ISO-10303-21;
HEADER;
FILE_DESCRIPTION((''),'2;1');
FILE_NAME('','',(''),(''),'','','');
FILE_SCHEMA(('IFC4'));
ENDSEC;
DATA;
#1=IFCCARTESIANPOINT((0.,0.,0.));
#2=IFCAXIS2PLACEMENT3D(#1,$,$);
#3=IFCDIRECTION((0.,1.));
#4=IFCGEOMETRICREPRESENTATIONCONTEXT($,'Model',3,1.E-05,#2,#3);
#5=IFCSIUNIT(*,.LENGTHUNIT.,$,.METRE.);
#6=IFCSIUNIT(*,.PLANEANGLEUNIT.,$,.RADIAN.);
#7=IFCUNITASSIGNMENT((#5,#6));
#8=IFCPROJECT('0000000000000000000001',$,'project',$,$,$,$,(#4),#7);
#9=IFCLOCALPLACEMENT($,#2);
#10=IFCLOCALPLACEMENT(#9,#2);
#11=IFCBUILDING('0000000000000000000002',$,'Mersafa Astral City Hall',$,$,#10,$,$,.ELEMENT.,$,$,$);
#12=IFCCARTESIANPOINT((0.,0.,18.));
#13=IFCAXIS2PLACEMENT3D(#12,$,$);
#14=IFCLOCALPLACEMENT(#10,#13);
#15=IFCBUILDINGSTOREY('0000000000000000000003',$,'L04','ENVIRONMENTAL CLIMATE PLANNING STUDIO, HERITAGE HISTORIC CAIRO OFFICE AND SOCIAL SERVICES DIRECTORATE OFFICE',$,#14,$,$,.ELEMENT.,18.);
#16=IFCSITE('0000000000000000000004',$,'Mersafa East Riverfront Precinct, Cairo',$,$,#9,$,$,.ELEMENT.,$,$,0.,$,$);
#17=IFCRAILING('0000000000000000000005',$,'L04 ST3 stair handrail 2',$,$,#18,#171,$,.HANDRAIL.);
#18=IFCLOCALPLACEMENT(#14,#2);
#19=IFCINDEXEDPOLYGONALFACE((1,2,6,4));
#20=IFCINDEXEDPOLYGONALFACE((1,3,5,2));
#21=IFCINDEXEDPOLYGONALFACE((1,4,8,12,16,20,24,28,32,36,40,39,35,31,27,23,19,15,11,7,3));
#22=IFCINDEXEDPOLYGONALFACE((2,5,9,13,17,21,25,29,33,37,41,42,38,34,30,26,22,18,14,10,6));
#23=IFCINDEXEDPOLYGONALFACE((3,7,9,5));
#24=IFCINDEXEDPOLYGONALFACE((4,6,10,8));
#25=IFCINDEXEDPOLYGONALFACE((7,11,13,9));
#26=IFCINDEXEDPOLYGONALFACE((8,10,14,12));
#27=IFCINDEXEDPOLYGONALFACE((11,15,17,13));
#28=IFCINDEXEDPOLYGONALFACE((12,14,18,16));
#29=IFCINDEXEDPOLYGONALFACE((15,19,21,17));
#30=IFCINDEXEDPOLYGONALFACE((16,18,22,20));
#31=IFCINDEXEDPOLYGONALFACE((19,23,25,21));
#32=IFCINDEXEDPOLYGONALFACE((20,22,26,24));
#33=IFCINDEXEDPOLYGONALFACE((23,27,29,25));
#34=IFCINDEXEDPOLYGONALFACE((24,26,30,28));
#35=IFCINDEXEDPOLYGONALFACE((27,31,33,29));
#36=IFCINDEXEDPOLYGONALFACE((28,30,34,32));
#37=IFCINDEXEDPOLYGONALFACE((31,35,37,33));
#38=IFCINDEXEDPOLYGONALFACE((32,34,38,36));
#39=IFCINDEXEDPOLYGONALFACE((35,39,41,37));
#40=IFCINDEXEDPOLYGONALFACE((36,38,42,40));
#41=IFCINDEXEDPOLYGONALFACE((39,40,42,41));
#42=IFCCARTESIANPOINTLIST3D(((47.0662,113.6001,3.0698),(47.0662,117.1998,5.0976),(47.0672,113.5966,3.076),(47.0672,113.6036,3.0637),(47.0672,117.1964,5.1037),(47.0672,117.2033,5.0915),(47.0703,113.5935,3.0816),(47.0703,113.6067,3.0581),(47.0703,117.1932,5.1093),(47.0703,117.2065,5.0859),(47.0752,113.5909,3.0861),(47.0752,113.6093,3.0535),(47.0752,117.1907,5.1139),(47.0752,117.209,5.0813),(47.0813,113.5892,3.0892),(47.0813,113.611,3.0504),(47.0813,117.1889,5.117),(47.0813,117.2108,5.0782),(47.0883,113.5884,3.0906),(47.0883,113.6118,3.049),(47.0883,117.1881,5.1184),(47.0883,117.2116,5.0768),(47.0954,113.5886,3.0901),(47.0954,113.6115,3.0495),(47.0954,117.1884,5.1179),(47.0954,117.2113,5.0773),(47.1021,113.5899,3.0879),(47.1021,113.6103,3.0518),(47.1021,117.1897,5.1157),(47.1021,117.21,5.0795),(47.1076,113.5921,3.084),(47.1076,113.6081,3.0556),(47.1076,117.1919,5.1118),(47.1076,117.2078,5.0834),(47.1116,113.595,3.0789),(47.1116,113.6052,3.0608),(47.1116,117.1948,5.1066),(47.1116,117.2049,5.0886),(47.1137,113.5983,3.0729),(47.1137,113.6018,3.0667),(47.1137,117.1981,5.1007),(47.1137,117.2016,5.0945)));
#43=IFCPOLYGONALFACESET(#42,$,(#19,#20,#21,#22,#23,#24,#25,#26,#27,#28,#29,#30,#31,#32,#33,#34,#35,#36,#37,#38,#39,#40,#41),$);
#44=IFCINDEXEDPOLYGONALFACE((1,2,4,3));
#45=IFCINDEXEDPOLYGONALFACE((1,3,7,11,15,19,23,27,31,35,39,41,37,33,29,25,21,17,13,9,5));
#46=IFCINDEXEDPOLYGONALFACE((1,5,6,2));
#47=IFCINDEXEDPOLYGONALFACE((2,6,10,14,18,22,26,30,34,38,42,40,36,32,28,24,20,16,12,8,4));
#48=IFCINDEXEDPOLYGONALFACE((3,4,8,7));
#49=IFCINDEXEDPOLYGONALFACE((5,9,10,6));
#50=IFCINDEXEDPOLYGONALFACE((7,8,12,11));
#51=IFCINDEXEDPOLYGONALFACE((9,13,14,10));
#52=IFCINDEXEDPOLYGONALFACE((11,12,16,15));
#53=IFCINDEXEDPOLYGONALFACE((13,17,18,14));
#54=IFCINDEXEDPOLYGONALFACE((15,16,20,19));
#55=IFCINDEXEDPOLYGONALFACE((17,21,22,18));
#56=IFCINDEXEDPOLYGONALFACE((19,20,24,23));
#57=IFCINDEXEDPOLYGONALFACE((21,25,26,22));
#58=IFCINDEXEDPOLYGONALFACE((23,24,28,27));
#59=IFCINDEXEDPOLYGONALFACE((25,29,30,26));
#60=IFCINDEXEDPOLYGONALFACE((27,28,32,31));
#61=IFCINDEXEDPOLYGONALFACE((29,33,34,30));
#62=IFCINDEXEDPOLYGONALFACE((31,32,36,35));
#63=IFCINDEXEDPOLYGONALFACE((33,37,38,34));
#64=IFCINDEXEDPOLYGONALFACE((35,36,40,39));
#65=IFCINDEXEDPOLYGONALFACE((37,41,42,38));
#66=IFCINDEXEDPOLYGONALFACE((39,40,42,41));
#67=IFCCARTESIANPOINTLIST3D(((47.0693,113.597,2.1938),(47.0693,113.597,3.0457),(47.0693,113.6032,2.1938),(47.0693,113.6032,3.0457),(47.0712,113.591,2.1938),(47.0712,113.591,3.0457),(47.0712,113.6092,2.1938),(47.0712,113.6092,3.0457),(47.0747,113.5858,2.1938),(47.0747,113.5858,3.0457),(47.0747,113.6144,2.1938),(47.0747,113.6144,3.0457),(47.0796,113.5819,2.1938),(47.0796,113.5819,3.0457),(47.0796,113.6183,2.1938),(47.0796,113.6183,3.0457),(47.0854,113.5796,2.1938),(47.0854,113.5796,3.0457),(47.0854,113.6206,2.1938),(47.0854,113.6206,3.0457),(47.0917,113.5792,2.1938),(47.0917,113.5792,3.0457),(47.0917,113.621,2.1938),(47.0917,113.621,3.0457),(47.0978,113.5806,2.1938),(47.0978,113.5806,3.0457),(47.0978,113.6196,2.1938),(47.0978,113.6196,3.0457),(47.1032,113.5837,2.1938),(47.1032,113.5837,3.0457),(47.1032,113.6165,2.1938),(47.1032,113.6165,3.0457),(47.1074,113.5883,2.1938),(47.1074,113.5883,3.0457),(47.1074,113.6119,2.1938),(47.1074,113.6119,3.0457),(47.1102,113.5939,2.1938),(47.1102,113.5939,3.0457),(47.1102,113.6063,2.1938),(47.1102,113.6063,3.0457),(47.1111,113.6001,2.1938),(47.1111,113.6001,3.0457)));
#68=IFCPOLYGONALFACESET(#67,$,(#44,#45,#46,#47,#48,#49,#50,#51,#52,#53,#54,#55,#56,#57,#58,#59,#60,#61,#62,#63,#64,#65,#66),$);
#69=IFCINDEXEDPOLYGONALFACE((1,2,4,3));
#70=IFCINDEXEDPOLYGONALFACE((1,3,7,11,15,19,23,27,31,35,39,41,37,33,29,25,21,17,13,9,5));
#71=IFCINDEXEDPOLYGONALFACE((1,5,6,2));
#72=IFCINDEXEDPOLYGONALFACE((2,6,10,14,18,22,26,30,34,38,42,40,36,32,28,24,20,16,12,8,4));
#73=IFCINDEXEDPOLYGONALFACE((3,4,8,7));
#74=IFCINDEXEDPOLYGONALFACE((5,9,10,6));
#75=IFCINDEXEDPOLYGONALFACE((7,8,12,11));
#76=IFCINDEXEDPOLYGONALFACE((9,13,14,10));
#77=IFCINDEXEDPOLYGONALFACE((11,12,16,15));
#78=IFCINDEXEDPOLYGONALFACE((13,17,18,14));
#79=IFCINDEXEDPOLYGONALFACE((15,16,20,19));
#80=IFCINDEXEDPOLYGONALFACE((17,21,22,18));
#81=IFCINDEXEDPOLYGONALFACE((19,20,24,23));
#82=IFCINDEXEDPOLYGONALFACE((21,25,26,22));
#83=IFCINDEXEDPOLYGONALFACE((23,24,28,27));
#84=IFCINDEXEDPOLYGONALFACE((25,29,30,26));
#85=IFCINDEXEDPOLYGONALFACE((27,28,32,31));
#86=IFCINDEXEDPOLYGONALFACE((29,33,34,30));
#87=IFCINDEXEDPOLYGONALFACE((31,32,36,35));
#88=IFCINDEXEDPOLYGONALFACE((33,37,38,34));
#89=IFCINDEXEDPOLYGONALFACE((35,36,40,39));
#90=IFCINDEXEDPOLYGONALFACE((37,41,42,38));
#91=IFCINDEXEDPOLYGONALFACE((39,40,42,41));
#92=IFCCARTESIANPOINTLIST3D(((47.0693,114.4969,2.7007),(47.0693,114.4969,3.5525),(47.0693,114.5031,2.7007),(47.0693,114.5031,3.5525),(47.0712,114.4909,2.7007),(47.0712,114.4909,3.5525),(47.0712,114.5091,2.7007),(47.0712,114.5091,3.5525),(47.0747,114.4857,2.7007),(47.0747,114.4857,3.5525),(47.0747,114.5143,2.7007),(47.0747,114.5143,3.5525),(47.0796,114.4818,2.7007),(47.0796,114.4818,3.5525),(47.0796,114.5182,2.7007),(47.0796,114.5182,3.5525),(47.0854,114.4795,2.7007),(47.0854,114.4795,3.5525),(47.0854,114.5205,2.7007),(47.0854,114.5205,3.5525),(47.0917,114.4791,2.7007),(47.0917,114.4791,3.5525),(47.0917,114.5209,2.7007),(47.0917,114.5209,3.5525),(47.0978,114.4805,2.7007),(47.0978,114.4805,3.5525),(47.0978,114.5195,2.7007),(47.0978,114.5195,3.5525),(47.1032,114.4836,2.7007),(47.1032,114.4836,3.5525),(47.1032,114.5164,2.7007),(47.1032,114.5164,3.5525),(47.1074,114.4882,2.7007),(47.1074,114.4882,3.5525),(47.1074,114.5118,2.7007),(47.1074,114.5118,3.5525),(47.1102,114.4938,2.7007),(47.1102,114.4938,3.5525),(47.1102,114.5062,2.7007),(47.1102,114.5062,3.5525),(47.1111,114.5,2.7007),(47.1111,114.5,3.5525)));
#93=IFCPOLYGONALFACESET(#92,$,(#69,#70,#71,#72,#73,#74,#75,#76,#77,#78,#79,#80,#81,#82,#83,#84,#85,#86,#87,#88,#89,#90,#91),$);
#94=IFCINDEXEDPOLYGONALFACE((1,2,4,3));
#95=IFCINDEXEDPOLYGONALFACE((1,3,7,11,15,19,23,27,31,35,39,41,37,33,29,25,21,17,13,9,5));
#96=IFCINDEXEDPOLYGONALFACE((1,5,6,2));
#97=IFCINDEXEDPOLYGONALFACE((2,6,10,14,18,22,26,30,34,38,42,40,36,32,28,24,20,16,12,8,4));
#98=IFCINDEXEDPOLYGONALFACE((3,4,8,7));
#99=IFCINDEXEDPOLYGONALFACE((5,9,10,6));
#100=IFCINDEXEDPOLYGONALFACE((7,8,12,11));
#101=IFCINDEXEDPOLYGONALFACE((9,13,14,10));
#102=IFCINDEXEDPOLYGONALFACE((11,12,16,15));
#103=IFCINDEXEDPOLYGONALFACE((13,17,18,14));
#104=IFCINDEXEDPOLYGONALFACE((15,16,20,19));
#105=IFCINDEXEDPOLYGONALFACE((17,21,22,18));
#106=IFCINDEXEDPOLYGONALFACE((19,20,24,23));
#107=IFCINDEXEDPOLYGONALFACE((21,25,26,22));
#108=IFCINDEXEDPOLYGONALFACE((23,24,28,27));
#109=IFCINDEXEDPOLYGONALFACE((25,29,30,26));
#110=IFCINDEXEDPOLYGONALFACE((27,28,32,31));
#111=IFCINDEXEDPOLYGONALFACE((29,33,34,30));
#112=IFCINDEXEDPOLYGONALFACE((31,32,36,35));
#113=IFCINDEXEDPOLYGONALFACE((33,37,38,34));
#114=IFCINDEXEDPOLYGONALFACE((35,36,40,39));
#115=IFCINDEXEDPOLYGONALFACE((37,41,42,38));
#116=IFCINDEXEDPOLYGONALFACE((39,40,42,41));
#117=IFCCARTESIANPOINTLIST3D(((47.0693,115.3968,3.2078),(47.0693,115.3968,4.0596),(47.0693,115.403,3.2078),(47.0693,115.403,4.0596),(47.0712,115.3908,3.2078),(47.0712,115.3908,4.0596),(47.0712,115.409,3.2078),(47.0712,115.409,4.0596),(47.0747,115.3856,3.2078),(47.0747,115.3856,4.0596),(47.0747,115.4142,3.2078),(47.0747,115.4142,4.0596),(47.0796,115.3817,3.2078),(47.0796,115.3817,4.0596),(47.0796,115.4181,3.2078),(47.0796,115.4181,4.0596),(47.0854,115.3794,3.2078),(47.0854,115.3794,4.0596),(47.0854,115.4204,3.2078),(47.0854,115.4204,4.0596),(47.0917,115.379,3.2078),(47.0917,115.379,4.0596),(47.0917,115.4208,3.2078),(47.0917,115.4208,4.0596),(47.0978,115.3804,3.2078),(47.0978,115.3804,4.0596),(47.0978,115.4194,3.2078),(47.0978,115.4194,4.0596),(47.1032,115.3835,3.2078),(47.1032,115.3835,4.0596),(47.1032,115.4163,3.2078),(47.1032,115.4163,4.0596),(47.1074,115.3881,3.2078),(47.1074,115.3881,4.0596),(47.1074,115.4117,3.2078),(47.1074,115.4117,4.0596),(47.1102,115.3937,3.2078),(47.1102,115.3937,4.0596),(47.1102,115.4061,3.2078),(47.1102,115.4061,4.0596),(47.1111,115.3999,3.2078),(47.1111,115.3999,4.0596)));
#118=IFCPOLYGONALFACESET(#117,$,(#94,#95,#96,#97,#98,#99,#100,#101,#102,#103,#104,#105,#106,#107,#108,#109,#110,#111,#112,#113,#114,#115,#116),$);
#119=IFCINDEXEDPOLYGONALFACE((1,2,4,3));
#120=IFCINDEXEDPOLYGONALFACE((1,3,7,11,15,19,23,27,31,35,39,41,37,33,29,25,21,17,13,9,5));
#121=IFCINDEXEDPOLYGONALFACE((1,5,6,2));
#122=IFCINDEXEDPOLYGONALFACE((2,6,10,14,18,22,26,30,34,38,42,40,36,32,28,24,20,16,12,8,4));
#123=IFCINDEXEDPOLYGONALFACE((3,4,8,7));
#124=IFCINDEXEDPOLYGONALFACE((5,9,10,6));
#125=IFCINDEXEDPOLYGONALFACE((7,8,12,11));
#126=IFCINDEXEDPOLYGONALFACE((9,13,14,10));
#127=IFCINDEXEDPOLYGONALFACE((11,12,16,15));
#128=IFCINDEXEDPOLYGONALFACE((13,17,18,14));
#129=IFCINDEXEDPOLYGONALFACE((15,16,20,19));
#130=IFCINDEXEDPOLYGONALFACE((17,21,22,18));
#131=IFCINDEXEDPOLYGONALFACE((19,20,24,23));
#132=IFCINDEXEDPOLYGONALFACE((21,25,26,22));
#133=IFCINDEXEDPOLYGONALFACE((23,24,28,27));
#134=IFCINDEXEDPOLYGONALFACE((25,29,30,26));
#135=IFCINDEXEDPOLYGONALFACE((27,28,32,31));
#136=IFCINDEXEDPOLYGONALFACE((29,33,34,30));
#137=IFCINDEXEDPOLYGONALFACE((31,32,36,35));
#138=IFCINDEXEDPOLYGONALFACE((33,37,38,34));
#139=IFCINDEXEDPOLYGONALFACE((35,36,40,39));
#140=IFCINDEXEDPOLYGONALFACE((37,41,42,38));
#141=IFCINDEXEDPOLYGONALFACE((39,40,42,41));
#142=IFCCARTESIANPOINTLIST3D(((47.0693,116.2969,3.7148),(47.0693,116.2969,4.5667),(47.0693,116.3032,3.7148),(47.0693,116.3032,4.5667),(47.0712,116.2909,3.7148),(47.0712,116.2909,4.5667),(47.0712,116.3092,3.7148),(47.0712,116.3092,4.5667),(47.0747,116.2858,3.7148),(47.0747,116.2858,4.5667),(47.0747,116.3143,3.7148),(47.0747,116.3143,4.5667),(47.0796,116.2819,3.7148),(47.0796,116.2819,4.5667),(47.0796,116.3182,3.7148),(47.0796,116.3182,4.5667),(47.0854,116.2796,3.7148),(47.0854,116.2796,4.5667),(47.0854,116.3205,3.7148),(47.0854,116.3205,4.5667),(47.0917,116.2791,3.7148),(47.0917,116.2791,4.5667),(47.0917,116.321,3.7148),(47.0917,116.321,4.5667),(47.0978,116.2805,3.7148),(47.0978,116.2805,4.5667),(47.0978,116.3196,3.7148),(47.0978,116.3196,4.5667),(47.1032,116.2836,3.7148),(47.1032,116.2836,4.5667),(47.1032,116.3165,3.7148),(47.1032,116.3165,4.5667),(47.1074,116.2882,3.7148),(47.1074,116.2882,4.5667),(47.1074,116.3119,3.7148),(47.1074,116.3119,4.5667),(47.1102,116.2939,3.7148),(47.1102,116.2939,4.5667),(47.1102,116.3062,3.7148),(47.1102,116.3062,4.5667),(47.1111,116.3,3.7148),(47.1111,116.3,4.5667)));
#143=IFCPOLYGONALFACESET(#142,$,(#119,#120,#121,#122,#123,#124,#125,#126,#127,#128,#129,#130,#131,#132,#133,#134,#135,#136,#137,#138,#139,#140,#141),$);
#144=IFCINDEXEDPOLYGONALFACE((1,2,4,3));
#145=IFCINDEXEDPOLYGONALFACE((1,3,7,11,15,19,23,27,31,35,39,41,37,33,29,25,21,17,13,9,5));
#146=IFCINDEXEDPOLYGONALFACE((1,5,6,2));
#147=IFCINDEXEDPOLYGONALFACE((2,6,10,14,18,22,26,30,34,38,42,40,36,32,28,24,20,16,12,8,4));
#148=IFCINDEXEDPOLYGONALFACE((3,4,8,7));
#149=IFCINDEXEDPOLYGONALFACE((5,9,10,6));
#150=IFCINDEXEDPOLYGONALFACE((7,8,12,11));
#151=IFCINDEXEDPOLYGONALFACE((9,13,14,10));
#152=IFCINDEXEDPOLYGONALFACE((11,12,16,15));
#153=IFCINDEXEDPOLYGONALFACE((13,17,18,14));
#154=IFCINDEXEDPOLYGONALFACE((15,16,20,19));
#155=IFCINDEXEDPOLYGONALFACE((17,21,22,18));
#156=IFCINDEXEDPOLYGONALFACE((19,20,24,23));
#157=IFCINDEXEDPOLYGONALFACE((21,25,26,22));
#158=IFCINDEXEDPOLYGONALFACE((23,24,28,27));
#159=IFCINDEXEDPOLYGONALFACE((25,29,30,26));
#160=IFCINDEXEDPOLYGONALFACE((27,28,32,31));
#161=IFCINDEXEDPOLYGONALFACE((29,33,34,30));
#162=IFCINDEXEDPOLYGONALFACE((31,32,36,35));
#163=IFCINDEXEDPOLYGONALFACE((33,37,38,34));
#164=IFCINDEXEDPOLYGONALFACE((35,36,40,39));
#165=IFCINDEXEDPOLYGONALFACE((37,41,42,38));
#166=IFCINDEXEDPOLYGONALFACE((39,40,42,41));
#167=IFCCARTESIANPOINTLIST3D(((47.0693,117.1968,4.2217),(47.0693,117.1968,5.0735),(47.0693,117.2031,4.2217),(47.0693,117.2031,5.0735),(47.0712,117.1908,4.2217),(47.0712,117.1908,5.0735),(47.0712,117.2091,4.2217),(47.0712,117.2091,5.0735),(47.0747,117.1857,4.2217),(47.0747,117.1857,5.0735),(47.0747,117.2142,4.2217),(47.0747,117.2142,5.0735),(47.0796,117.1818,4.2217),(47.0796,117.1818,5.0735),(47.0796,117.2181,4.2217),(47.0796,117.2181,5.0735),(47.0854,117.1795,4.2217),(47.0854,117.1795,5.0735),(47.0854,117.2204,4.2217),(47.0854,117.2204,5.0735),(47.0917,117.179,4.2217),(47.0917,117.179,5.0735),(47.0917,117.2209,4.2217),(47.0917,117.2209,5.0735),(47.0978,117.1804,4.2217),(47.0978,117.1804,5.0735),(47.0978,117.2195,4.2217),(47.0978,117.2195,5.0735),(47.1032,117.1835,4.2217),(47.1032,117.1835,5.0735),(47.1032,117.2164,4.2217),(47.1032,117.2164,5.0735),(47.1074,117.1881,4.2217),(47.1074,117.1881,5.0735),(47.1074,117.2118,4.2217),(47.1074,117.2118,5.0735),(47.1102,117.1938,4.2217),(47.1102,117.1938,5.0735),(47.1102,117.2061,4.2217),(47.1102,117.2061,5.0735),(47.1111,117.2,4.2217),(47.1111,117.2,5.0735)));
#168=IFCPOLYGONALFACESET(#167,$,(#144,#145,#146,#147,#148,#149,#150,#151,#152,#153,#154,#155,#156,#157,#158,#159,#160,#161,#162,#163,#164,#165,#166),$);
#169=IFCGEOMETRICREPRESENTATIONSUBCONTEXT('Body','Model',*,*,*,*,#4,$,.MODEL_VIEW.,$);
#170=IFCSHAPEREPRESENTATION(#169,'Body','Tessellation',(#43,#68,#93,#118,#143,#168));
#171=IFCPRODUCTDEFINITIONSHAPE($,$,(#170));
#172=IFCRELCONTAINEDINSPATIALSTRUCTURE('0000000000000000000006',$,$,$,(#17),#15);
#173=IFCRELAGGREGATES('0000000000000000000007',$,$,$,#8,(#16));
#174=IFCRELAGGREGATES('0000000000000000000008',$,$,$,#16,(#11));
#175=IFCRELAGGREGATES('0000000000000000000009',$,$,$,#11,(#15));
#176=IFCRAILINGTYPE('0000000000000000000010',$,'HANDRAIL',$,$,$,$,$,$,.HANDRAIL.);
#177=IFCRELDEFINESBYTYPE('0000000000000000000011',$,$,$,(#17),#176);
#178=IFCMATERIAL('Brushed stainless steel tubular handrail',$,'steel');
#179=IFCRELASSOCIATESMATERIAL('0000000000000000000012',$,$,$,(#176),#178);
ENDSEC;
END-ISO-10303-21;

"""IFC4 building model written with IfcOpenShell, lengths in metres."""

from ifc_helpers import new_model, si_unit, direction, frame, origin, origin_2d, place, context, subcontext, project, spatial, circle, extrude, material, type_object, element, save


model = new_model("IFC4")

# Units and contexts
model_context = context("Model", 3, precision=1e-05, world=origin(), true_north=direction((0.0, 1.0)))
body_context = subcontext(model_context, "Body", "Model", "MODEL_VIEW")
ifc_project = project(units=[si_unit("LENGTHUNIT", "METRE"), si_unit("PLANEANGLEUNIT", "RADIAN")], contexts=[model_context])

# Site, building, storey
site_placement = place(None, origin())
site = spatial("IfcSite", under=ifc_project, at=site_placement, Name="Mersafa East Riverfront Precinct, Cairo", CompositionType="ELEMENT", RefElevation=0.0)
building_placement = place(site_placement, origin())
building = spatial("IfcBuilding", under=site, at=building_placement, Name="Mersafa Astral City Hall", CompositionType="ELEMENT")
storey_placement = place(building_placement, frame((0.0, 0.0, 18.0)))
storey = spatial("IfcBuildingStorey", under=building, at=storey_placement, Name="L04", Description="ENVIRONMENTAL CLIMATE PLANNING STUDIO, HERITAGE HISTORIC CAIRO OFFICE AND SOCIAL SERVICES DIRECTORATE OFFICE", CompositionType="ELEMENT", Elevation=18.0)

# Railing
ifc_material_1 = material(Name="Brushed stainless steel tubular handrail", Category="steel")
railing_type_1 = type_object("IfcRailingType", Name="HANDRAIL", PredefinedType="HANDRAIL", material=ifc_material_1)
railing_1_placement = place(storey_placement, frame((47.0901, 113.6001, 2.1938)))
element("IfcRailing", 1, at=railing_1_placement, inside=storey, type_object=railing_type_1, Name="L04 ST3 stair handrail 2", PredefinedType="HANDRAIL", context=body_context, shape_type="SweptSolid", body=[
    extrude(circle(Radius=0.0239, at=origin_2d()), frame((0.0, 0.0, 0.876), z_axis=(0.0, 0.871274, 0.490797), x_axis=(-1.0, 0.0, 0.0)), (0.0, 0.0, 1.0), 4.1316),
    extrude(circle(Radius=0.021, at=origin_2d()), origin(), (0.0, 0.0, 1.0), 0.8518),
    extrude(circle(Radius=0.021, at=origin_2d()), frame((0.0, 0.8999, 0.5068)), (0.0, 0.0, 1.0), 0.8518),
    extrude(circle(Radius=0.021, at=origin_2d()), frame((0.0, 1.7998, 1.0139)), (0.0, 0.0, 1.0), 0.8518),
    extrude(circle(Radius=0.021, at=origin_2d()), frame((0.0, 2.7, 1.521)), (0.0, 0.0, 1.0), 0.8518),
    extrude(circle(Radius=0.021, at=origin_2d()), frame((0.0, 3.5999, 2.0278)), (0.0, 0.0, 1.0), 0.8518),
])

save(model, "model.ifc")
